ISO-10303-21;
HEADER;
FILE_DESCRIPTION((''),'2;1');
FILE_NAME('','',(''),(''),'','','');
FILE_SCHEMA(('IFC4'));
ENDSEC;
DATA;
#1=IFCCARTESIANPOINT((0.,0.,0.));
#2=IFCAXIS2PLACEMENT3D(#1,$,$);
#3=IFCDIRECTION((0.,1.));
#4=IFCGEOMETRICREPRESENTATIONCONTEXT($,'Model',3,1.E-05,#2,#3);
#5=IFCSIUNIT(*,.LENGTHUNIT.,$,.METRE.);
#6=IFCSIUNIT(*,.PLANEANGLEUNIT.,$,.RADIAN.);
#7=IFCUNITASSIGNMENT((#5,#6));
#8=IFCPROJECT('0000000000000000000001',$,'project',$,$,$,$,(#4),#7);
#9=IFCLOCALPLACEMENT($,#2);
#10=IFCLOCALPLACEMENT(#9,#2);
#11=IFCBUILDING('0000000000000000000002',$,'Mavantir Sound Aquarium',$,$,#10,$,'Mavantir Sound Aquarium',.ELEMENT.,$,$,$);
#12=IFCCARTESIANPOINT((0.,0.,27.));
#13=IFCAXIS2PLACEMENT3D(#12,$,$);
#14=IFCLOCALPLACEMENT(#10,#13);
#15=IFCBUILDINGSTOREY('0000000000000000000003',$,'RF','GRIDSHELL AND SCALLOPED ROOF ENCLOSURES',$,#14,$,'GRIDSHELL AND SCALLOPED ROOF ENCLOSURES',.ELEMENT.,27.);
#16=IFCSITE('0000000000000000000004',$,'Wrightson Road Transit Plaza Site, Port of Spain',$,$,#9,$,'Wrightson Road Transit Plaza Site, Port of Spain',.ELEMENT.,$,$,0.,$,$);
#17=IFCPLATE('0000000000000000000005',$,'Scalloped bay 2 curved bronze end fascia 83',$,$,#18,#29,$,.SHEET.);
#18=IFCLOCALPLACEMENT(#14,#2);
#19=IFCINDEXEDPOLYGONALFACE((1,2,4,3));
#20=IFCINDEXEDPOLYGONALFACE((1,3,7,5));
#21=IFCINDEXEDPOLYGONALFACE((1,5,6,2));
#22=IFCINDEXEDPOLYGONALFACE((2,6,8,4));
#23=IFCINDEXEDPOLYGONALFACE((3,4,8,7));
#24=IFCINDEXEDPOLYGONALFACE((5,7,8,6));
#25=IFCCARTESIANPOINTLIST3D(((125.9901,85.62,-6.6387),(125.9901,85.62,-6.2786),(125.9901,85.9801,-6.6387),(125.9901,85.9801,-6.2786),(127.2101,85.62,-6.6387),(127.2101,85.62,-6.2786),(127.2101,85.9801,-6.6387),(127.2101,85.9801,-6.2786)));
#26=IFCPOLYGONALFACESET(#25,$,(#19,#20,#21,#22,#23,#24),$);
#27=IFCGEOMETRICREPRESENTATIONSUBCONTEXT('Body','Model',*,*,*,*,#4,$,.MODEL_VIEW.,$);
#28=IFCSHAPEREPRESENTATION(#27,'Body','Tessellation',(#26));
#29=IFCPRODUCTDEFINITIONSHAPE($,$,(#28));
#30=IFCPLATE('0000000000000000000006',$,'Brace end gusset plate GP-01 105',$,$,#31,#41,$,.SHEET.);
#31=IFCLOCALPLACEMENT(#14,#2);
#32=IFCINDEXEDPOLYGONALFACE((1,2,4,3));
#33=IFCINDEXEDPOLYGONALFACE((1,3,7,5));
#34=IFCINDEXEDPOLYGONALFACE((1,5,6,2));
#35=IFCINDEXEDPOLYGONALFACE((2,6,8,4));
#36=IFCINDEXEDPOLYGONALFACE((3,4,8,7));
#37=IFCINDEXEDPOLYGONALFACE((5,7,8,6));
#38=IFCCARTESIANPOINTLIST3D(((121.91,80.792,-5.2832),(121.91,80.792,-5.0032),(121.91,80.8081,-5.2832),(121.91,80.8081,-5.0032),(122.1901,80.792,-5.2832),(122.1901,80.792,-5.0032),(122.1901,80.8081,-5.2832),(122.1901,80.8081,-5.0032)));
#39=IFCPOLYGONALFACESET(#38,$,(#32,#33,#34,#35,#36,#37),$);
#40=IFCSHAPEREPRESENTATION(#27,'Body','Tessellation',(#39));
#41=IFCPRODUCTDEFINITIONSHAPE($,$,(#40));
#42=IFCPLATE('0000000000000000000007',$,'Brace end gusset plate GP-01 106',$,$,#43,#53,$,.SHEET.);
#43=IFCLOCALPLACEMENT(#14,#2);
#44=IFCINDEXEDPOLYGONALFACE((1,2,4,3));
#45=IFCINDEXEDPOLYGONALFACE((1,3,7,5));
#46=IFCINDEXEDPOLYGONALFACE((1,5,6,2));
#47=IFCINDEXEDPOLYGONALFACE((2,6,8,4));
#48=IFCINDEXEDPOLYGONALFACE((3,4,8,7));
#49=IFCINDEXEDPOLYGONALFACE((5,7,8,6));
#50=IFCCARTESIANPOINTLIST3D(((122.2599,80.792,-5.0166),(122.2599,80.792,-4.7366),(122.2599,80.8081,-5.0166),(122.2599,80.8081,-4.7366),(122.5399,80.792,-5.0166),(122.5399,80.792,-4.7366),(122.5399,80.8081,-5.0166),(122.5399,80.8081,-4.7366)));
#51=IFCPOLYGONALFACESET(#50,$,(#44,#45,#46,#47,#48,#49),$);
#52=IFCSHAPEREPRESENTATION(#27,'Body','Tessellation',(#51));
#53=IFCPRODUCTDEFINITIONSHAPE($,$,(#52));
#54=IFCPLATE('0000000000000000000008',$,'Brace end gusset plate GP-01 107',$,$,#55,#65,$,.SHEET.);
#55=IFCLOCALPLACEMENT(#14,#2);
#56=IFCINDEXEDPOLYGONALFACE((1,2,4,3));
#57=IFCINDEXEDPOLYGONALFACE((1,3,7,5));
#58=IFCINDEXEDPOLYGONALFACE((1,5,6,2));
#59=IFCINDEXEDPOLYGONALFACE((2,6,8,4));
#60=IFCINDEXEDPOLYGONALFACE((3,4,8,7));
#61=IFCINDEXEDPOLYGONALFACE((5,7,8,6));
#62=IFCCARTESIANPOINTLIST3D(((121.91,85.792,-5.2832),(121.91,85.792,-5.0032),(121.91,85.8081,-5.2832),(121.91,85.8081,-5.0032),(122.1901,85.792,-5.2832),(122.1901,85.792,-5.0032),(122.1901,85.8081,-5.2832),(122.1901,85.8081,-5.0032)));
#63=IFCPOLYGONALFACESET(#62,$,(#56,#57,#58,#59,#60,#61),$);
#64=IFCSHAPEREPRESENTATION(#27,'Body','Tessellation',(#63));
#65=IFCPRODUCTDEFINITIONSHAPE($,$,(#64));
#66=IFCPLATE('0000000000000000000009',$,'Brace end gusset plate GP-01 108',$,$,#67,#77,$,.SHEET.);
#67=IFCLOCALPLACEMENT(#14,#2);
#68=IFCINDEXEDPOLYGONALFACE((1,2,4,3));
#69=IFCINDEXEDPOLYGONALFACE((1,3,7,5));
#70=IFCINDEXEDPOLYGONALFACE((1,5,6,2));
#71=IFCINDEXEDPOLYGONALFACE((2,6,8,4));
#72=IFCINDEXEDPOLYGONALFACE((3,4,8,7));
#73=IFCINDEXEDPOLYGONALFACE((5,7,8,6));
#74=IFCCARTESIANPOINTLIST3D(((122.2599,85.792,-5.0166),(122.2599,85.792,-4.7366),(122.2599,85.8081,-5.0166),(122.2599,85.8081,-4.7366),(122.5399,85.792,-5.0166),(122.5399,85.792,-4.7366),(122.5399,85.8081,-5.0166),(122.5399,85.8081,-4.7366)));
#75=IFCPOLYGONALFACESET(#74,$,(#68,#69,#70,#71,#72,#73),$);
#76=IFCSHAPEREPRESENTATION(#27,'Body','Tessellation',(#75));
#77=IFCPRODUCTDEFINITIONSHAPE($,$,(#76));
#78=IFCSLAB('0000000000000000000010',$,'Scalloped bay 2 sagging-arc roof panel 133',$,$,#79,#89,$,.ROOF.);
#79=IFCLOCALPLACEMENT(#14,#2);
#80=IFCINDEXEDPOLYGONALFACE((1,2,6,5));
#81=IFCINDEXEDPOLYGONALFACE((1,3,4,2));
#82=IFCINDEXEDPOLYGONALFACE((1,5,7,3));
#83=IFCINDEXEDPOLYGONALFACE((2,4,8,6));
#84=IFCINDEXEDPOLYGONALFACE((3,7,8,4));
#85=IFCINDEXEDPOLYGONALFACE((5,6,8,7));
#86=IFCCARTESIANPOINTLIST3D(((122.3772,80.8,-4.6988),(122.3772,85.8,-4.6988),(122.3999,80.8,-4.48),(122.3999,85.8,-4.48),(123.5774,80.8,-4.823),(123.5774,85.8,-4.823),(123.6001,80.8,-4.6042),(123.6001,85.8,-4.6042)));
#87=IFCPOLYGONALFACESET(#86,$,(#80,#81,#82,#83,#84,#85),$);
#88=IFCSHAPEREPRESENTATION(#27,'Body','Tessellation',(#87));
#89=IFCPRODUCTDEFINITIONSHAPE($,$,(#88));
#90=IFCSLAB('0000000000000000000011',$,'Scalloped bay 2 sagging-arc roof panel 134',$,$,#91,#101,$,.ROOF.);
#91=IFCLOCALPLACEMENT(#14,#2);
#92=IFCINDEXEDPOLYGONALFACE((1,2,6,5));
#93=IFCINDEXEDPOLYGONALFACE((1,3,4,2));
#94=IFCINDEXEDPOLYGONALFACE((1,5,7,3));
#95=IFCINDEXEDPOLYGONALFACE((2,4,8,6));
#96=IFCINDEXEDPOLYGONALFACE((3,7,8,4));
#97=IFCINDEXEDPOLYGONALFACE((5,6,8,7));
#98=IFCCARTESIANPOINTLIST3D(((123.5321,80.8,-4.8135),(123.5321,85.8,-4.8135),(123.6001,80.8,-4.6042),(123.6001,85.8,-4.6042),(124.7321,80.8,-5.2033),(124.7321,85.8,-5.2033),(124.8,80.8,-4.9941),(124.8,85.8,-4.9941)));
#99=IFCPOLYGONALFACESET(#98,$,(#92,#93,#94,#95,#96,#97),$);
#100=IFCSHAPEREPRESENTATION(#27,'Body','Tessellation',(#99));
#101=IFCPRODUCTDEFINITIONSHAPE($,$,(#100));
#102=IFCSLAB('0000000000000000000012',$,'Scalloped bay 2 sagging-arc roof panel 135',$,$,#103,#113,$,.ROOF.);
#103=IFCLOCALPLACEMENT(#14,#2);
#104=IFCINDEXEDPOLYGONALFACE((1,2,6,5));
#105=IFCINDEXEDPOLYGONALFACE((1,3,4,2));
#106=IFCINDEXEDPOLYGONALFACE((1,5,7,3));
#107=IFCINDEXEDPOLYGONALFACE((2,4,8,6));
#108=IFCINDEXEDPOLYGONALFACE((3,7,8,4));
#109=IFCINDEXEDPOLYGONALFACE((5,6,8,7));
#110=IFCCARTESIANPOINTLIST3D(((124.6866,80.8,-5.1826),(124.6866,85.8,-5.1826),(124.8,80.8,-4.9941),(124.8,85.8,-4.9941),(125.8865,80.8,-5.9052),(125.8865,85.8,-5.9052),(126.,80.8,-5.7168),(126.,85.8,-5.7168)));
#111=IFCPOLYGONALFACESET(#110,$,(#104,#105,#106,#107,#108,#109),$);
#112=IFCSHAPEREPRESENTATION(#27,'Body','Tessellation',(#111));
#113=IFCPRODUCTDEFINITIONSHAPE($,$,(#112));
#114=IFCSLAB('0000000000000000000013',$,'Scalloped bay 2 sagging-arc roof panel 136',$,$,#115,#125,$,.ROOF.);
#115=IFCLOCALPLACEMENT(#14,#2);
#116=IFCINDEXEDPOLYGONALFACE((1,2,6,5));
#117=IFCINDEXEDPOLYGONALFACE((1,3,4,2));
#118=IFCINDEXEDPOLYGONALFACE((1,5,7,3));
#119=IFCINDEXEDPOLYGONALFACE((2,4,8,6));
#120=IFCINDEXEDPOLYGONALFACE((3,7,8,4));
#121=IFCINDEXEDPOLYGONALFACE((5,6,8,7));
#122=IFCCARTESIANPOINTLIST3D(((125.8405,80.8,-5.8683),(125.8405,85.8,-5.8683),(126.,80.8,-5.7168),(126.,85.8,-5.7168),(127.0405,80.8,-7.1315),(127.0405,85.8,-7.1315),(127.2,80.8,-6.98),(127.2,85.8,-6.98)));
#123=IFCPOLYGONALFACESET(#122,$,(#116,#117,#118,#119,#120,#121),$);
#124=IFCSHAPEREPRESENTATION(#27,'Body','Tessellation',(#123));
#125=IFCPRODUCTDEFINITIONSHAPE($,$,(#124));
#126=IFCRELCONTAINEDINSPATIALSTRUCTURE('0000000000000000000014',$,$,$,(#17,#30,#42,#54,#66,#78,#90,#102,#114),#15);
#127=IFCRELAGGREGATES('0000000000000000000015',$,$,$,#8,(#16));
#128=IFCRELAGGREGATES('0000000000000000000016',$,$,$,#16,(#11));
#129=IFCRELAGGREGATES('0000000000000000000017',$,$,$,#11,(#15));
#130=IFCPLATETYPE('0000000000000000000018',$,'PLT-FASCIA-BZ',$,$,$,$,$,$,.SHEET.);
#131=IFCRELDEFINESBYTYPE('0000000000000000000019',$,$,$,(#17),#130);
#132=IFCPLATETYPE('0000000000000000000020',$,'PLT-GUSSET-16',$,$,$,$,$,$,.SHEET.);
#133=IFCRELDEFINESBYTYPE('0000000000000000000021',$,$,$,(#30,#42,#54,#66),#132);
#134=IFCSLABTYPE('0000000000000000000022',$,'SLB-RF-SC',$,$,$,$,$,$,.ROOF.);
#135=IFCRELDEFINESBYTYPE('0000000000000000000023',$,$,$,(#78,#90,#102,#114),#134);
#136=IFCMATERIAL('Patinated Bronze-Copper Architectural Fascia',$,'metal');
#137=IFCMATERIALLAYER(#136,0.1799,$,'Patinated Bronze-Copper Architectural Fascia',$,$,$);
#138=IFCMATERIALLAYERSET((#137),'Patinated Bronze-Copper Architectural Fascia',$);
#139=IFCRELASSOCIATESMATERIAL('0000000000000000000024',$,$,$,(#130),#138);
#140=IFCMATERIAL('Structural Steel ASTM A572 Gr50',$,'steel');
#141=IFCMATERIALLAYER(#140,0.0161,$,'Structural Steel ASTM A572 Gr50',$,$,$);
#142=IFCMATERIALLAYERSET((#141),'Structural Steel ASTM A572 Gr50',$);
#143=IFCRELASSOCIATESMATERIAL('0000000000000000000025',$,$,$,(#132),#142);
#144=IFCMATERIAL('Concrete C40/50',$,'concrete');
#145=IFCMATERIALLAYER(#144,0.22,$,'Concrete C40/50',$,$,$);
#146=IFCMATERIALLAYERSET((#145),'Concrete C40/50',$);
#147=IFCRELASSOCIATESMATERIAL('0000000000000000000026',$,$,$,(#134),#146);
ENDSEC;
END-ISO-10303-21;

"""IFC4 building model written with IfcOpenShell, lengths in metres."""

from ifc_helpers import new_model, si_unit, direction, frame, origin, origin_2d, place, context, subcontext, project, spatial, polyline, rectangle, outline, extrude, material, layer, layer_set, type_object, element, save


model = new_model("IFC4")

# Units and contexts
model_context = context("Model", 3, precision=1e-05, world=origin(), true_north=direction((0.0, 1.0)))
body_context = subcontext(model_context, "Body", "Model", "MODEL_VIEW")
ifc_project = project(units=[si_unit("LENGTHUNIT", "METRE"), si_unit("PLANEANGLEUNIT", "RADIAN")], contexts=[model_context])

# Site, building, storey
site_placement = place(None, origin())
site = spatial("IfcSite", under=ifc_project, at=site_placement, Name="Wrightson Road Transit Plaza Site, Port of Spain", LongName="Wrightson Road Transit Plaza Site, Port of Spain", CompositionType="ELEMENT", RefElevation=0.0)
building_placement = place(site_placement, origin())
building = spatial("IfcBuilding", under=site, at=building_placement, Name="Mavantir Sound Aquarium", LongName="Mavantir Sound Aquarium", CompositionType="ELEMENT")
storey_placement = place(building_placement, frame((0.0, 0.0, 27.0)))
storey = spatial("IfcBuildingStorey", under=building, at=storey_placement, Name="RF", Description="GRIDSHELL AND SCALLOPED ROOF ENCLOSURES", LongName="GRIDSHELL AND SCALLOPED ROOF ENCLOSURES", CompositionType="ELEMENT", Elevation=27.0)

# Shared definitions
ifc_material_1 = material(Name="Concrete C40/50", Category="concrete")

# Plates
ifc_material_2 = material(Name="Structural Steel ASTM A572 Gr50", Category="steel")
ifc_material_3 = material(Name="Patinated Bronze-Copper Architectural Fascia", Category="metal")
ifc_layer_1 = layer(ifc_material_3, 0.1799, Name="Patinated Bronze-Copper Architectural Fascia")
ifc_layer_set_1 = layer_set([ifc_layer_1], Name="Patinated Bronze-Copper Architectural Fascia")
plate_type_1 = type_object("IfcPlateType", Name="PLT-FASCIA-BZ", PredefinedType="SHEET", material=ifc_layer_set_1)
for number, where, z_axis, x_axis, name in (
    (1, (126.6001, 85.8, -6.6387), (0.0, 0.0, 1.0), (1.0, 0.0, 0.0), "Scalloped bay 2 curved bronze end fascia 83"),
):
    element("IfcPlate", number, at=place(storey_placement, frame(where, z_axis=z_axis, x_axis=x_axis)), inside=storey, type_object=plate_type_1, Name=name, PredefinedType="SHEET", context=body_context, shape_type="SweptSolid", body=[
        extrude(rectangle(XDim=1.22, YDim=0.3601, at=origin_2d()), origin(), (0.0, 0.0, 1.0), 0.3601),
    ])
ifc_layer_2 = layer(ifc_material_2, 0.0161, Name="Structural Steel ASTM A572 Gr50")
ifc_layer_set_2 = layer_set([ifc_layer_2], Name="Structural Steel ASTM A572 Gr50")
plate_type_2 = type_object("IfcPlateType", Name="PLT-GUSSET-16", PredefinedType="SHEET", material=ifc_layer_set_2)
for number, where, z_axis, x_axis, name in (
    (2, (122.05, 80.8, -5.2832), (0.0, 0.0, 1.0), (1.0, 0.0, 0.0), "Brace end gusset plate GP-01 105"),
    (3, (122.3999, 80.8, -5.0166), (0.0, 0.0, 1.0), (1.0, 0.0, 0.0), "Brace end gusset plate GP-01 106"),
    (4, (122.05, 85.8, -5.2832), (0.0, 0.0, 1.0), (1.0, 0.0, 0.0), "Brace end gusset plate GP-01 107"),
    (5, (122.3999, 85.8, -5.0166), (0.0, 0.0, 1.0), (1.0, 0.0, 0.0), "Brace end gusset plate GP-01 108"),
):
    element("IfcPlate", number, at=place(storey_placement, frame(where, z_axis=z_axis, x_axis=x_axis)), inside=storey, type_object=plate_type_2, Name=name, PredefinedType="SHEET", context=body_context, shape_type="SweptSolid", body=[
        extrude(rectangle(XDim=0.28, YDim=0.0161, at=origin_2d()), origin(), (0.0, 0.0, 1.0), 0.28),
    ])

# Slabs
ifc_layer_3 = layer(ifc_material_1, 0.22, Name="Concrete C40/50")
ifc_layer_set_3 = layer_set([ifc_layer_3], Name="Concrete C40/50")
slab_type = type_object("IfcSlabType", Name="SLB-RF-SC", PredefinedType="ROOF", material=ifc_layer_set_3)
slab_1_placement = place(storey_placement, frame((122.3999, 80.8, -4.48), z_axis=(0.102989, 0.0, 0.994683), x_axis=(0.994683, 0.0, -0.102989)))
element("IfcSlab", 6, at=slab_1_placement, inside=storey, type_object=slab_type, Name="Scalloped bay 2 sagging-arc roof panel 133", PredefinedType="ROOF", context=body_context, shape_type="SweptSolid", body=[
    extrude(outline(polyline([(0.0, 0.0), (1.2066, 0.0), (1.2066, 5.0), (0.0, 5.0), (0.0, 0.0)])), origin(), (0.0, 0.0, -1.0), 0.22),
])
slab_2_placement = place(storey_placement, frame((123.6001, 80.8, -4.6042), z_axis=(0.30902, 0.0, 0.951055), x_axis=(0.951055, 0.0, -0.30902)))
element("IfcSlab", 7, at=slab_2_placement, inside=storey, type_object=slab_type, Name="Scalloped bay 2 sagging-arc roof panel 134", PredefinedType="ROOF", context=body_context, shape_type="SweptSolid", body=[
    extrude(outline(polyline([(0.0, 0.0), (1.2617, 0.0), (1.2617, 5.0), (0.0, 5.0), (0.0, 0.0)])), origin(), (0.0, 0.0, -1.0), 0.22),
])
slab_3_placement = place(storey_placement, frame((124.8, 80.8, -4.9941), z_axis=(0.515905, 0.0, 0.856646), x_axis=(0.856646, 0.0, -0.515905)))
element("IfcSlab", 8, at=slab_3_placement, inside=storey, type_object=slab_type, Name="Scalloped bay 2 sagging-arc roof panel 135", PredefinedType="ROOF", context=body_context, shape_type="SweptSolid", body=[
    extrude(outline(polyline([(0.0, 0.0), (1.4008, 0.0), (1.4008, 5.0), (0.0, 5.0), (0.0, 0.0)])), origin(), (0.0, 0.0, -1.0), 0.22),
])
slab_4_placement = place(storey_placement, frame((126.0, 80.8, -5.7168), z_axis=(0.72502, 0.0, 0.688727), x_axis=(0.688727, 0.0, -0.72502)))
element("IfcSlab", 9, at=slab_4_placement, inside=storey, type_object=slab_type, Name="Scalloped bay 2 sagging-arc roof panel 136", PredefinedType="ROOF", context=body_context, shape_type="SweptSolid", body=[
    extrude(outline(polyline([(0.0, 0.0), (1.7423, 0.0), (1.7423, 5.0), (0.0, 5.0), (0.0, 0.0)])), origin(), (0.0, 0.0, -1.0), 0.22),
])

save(model, "model.ifc")
